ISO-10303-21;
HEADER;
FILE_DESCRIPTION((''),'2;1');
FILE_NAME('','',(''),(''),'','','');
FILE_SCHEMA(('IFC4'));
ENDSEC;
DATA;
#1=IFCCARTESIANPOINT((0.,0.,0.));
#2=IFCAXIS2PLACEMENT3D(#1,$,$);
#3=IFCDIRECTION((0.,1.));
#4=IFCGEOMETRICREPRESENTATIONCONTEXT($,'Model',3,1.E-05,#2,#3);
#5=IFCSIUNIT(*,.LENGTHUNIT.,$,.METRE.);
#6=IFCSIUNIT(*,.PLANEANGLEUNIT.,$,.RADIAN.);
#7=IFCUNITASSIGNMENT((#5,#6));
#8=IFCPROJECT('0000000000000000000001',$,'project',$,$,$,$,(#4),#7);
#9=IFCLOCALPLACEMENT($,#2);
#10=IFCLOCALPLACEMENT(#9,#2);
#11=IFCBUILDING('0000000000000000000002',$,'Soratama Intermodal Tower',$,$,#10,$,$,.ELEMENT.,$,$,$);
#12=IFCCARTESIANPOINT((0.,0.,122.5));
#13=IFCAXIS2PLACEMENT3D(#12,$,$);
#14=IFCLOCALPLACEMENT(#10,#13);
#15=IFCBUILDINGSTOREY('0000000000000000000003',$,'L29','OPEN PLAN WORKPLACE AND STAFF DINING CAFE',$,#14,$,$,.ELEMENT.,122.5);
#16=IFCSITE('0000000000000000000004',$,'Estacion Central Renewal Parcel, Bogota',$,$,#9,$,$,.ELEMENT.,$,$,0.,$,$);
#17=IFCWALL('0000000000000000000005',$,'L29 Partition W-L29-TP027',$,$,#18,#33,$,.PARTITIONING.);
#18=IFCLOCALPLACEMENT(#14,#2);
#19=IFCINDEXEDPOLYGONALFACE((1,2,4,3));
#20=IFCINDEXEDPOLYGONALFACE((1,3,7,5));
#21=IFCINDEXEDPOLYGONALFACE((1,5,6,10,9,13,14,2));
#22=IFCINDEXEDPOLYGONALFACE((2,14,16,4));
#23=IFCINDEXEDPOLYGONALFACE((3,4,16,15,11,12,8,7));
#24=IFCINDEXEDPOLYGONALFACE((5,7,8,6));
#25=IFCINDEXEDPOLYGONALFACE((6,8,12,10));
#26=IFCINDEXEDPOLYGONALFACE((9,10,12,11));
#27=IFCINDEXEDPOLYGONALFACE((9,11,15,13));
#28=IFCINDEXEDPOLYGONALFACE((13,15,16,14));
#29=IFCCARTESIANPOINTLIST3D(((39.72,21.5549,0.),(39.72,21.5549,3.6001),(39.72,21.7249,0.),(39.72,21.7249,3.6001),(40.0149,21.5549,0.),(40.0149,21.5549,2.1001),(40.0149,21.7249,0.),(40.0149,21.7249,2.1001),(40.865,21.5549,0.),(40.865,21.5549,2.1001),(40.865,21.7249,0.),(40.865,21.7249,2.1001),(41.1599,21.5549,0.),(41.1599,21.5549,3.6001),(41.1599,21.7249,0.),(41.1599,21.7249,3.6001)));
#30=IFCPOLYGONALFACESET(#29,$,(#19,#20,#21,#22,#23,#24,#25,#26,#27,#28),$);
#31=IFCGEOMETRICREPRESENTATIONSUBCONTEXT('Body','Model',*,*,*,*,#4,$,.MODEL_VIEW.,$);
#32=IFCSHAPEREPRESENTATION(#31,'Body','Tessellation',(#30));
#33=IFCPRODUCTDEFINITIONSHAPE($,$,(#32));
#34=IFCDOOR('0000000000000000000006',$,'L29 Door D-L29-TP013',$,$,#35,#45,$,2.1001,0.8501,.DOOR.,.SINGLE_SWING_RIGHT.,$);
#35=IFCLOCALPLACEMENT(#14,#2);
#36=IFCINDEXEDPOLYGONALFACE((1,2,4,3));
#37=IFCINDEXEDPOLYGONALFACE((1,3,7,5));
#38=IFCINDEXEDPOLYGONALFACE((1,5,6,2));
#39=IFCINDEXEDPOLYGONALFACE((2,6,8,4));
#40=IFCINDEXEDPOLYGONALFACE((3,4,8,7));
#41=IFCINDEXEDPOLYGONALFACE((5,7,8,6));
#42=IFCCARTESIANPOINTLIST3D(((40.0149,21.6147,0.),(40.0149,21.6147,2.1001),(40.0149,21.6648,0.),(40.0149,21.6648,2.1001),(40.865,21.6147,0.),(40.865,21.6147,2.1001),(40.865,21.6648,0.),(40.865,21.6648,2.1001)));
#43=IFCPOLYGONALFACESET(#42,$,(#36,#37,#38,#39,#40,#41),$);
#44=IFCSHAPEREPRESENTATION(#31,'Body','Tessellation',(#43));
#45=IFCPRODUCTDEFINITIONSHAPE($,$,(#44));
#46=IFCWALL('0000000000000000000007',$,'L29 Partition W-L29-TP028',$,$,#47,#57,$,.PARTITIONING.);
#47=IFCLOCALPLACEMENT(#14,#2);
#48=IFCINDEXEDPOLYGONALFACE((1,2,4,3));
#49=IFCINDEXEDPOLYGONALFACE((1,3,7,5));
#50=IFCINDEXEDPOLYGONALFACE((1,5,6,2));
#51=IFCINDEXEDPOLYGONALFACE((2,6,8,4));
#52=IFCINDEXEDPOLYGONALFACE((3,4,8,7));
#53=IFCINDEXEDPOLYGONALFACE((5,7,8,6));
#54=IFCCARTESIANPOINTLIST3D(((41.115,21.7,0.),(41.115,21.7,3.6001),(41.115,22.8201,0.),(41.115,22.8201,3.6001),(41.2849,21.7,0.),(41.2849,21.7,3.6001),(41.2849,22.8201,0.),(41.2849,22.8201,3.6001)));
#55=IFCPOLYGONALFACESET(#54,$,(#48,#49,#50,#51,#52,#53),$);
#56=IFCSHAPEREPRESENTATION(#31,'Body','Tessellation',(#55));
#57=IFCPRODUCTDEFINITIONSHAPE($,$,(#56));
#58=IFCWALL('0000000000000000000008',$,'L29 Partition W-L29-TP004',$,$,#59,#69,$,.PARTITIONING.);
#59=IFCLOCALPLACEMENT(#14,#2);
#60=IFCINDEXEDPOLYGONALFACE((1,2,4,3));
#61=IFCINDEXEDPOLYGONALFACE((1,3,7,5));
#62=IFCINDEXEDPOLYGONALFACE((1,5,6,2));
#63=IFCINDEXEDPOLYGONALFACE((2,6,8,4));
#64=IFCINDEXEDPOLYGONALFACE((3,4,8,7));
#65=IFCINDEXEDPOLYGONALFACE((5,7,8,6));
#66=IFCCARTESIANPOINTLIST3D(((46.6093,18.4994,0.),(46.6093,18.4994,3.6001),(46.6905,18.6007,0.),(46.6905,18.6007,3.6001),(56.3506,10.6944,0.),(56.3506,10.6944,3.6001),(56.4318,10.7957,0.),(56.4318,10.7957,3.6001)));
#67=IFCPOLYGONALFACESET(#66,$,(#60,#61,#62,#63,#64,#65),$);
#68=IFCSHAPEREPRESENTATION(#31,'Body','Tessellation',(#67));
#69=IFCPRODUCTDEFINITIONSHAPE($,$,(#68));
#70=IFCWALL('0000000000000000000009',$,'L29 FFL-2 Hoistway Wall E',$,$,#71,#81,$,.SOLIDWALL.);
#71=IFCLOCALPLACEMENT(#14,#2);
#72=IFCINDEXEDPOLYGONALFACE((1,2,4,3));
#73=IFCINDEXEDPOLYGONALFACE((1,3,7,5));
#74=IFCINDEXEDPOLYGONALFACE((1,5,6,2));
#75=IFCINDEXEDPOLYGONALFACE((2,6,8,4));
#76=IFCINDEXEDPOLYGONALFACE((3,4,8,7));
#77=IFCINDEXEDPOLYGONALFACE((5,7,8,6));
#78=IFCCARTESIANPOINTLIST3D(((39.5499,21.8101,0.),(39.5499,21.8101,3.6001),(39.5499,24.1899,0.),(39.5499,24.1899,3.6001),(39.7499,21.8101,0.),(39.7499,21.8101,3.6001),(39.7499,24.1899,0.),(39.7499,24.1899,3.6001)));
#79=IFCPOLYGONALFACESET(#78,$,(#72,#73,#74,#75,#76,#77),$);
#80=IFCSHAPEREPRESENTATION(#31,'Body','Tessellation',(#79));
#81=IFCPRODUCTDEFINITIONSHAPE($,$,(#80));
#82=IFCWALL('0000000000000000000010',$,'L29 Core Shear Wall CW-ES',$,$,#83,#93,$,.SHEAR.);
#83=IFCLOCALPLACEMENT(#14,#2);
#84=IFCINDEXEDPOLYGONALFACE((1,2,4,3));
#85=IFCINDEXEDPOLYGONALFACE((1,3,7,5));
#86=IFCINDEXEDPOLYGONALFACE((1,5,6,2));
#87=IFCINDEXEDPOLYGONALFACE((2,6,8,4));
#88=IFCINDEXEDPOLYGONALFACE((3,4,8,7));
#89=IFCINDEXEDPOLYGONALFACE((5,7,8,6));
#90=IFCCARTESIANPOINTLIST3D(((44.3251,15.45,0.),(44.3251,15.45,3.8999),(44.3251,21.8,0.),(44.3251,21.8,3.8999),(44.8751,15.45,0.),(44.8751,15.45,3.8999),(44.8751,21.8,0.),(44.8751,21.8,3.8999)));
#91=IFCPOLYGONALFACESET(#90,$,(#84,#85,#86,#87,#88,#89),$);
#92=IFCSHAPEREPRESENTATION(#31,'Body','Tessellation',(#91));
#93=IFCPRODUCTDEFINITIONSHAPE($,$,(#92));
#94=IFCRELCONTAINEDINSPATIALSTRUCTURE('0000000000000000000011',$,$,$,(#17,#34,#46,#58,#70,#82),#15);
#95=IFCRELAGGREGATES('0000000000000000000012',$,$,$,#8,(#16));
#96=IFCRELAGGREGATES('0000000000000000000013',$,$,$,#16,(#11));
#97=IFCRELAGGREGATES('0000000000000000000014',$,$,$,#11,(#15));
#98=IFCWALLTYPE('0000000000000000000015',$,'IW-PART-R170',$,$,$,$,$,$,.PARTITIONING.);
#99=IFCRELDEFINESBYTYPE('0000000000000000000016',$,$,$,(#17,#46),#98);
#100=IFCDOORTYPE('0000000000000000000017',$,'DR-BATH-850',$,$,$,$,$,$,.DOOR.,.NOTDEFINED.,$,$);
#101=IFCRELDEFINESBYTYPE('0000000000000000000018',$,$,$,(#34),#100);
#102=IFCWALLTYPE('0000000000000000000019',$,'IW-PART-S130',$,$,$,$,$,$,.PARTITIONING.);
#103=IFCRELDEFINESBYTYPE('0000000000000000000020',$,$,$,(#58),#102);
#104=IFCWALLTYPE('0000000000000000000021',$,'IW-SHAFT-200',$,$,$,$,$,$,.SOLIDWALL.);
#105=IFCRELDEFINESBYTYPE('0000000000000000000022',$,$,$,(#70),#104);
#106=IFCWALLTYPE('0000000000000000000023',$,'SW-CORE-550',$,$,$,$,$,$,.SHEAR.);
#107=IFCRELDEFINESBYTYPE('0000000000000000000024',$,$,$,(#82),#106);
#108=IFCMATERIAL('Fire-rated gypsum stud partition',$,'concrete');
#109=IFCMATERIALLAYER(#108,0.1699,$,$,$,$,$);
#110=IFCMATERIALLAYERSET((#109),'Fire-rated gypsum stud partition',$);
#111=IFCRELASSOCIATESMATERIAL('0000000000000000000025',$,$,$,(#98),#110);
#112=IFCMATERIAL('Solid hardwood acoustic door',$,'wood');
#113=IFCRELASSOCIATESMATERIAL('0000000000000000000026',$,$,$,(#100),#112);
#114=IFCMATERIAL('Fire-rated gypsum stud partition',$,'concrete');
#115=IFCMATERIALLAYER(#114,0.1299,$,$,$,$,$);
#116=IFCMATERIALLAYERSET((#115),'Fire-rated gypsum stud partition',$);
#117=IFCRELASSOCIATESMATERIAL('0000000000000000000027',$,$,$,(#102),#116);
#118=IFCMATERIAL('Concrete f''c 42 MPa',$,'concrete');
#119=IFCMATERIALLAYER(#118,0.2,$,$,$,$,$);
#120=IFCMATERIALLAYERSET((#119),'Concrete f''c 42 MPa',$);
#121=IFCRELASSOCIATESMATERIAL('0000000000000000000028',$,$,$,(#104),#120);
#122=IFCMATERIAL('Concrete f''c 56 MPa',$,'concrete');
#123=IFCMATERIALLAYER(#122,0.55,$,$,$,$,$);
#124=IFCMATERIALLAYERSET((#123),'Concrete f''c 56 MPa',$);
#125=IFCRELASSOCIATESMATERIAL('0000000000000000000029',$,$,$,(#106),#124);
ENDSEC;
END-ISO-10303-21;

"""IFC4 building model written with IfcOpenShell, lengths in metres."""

from ifc_helpers import new_model, si_unit, direction, frame, frame_2d, origin, place, context, subcontext, project, spatial, rectangle, extrude, material, layer, layer_set, type_object, element, fill, save


model = new_model("IFC4")

# Units and contexts
model_context = context("Model", 3, precision=1e-05, world=origin(), true_north=direction((0.0, 1.0)))
body_context = subcontext(model_context, "Body", "Model", "MODEL_VIEW")
ifc_project = project(units=[si_unit("LENGTHUNIT", "METRE"), si_unit("PLANEANGLEUNIT", "RADIAN")], contexts=[model_context])

# Site, building, storey
site_placement = place(None, origin())
site = spatial("IfcSite", under=ifc_project, at=site_placement, Name="Estacion Central Renewal Parcel, Bogota", CompositionType="ELEMENT", RefElevation=0.0)
building_placement = place(site_placement, origin())
building = spatial("IfcBuilding", under=site, at=building_placement, Name="Soratama Intermodal Tower", CompositionType="ELEMENT")
storey_placement = place(building_placement, frame((0.0, 0.0, 122.5)))
storey = spatial("IfcBuildingStorey", under=building, at=storey_placement, Name="L29", Description="OPEN PLAN WORKPLACE AND STAFF DINING CAFE", CompositionType="ELEMENT", Elevation=122.5)

# Wall, opening, door
ifc_material_1 = material(Name="Fire-rated gypsum stud partition", Category="concrete")
ifc_layer_1 = layer(ifc_material_1, 0.1699)
ifc_layer_set_1 = layer_set([ifc_layer_1], Name="Fire-rated gypsum stud partition")
wall_type_1 = type_object("IfcWallType", Name="IW-PART-R170", PredefinedType="PARTITIONING", material=ifc_layer_set_1)
wall_1_placement = place(storey_placement, frame((39.72, 21.6399, 0.0), z_axis=(0.0, 0.0, 1.0), x_axis=(1.0, 0.0, 0.0)))
wall_1 = element("IfcWall", 1, at=wall_1_placement, inside=storey, type_object=wall_type_1, Name="L29 Partition W-L29-TP027", PredefinedType="PARTITIONING", context=body_context, shape_type="SweptSolid", body=[
    extrude(rectangle(XDim=1.4399, YDim=0.1699, at=frame_2d((0.72, 0.0))), origin(), (0.0, 0.0, 1.0), 3.6001),
])
opening_1_placement = place(wall_1_placement, frame((0.2949, 0.0, 0.0)))
opening_1 = element("IfcOpeningElement", 2, at=opening_1_placement, cuts=wall_1, PredefinedType="OPENING", context=body_context, shape_type="SweptSolid", body=[
    extrude(rectangle(XDim=0.8501, YDim=2.1001, at=frame_2d((0.425, 1.05))), frame((0.0, 0.095, 0.0), z_axis=(0.0, -1.0, 0.0), x_axis=(1.0, 0.0, 0.0)), (0.0, 0.0, 1.0), 0.1899),
])
ifc_material_2 = material(Name="Solid hardwood acoustic door", Category="wood")
door_type_1 = type_object("IfcDoorType", Name="DR-BATH-850", OperationType="NOTDEFINED", PredefinedType="DOOR", material=ifc_material_2)
door_1_placement = place(opening_1_placement, origin())
door_1 = element("IfcDoor", 3, at=door_1_placement, inside=storey, type_object=door_type_1, Name="L29 Door D-L29-TP013", OperationType="SINGLE_SWING_RIGHT", OverallHeight=2.1001, OverallWidth=0.8501, PredefinedType="DOOR", context=body_context, shape_type="SweptSolid", body=[
    extrude(rectangle(XDim=0.8501, YDim=2.1001, at=frame_2d((0.425, 1.05))), frame((0.0, 0.0249, 0.0), z_axis=(0.0, -1.0, 0.0), x_axis=(1.0, 0.0, 0.0)), (0.0, 0.0, 1.0), 0.05),
])
fill(opening_1, door_1)

# Walls
wall_2_placement = place(storey_placement, frame((41.2, 21.7, 0.0), z_axis=(0.0, 0.0, 1.0), x_axis=(0.0, 1.0, 0.0)))
element("IfcWall", 4, at=wall_2_placement, inside=storey, type_object=wall_type_1, Name="L29 Partition W-L29-TP028", PredefinedType="PARTITIONING", context=body_context, shape_type="SweptSolid", body=[
    extrude(rectangle(XDim=1.1201, YDim=0.1699, at=frame_2d((0.5601, 0.0))), origin(), (0.0, 0.0, 1.0), 3.6001),
])
ifc_material_3 = material(Name="Fire-rated gypsum stud partition", Category="concrete")
ifc_layer_2 = layer(ifc_material_3, 0.1299)
ifc_layer_set_2 = layer_set([ifc_layer_2], Name="Fire-rated gypsum stud partition")
wall_type_2 = type_object("IfcWallType", Name="IW-PART-S130", PredefinedType="PARTITIONING", material=ifc_layer_set_2)
wall_3_placement = place(storey_placement, frame((46.6499, 18.55, 0.0), z_axis=(0.0, 0.0, 1.0), x_axis=(0.780401, -0.625279, 0.0)))
element("IfcWall", 5, at=wall_3_placement, inside=storey, type_object=wall_type_2, Name="L29 Partition W-L29-TP004", PredefinedType="PARTITIONING", context=body_context, shape_type="SweptSolid", body=[
    extrude(rectangle(XDim=12.4824, YDim=0.1299, at=frame_2d((6.2412, 0.0))), origin(), (0.0, 0.0, 1.0), 3.6001),
])
ifc_material_4 = material(Name="Concrete f'c 42 MPa", Category="concrete")
ifc_layer_3 = layer(ifc_material_4, 0.2)
ifc_layer_set_3 = layer_set([ifc_layer_3], Name="Concrete f'c 42 MPa")
wall_type_3 = type_object("IfcWallType", Name="IW-SHAFT-200", PredefinedType="SOLIDWALL", material=ifc_layer_set_3)
wall_4_placement = place(storey_placement, frame((39.6499, 21.8101, 0.0), z_axis=(0.0, 0.0, 1.0), x_axis=(0.0, 1.0, 0.0)))
element("IfcWall", 6, at=wall_4_placement, inside=storey, type_object=wall_type_3, Name="L29 FFL-2 Hoistway Wall E", PredefinedType="SOLIDWALL", context=body_context, shape_type="SweptSolid", body=[
    extrude(rectangle(XDim=2.3799, YDim=0.2, at=frame_2d((1.1899, 0.0))), origin(), (0.0, 0.0, 1.0), 3.6001),
])
ifc_material_5 = material(Name="Concrete f'c 56 MPa", Category="concrete")
ifc_layer_4 = layer(ifc_material_5, 0.55)
ifc_layer_set_4 = layer_set([ifc_layer_4], Name="Concrete f'c 56 MPa")
wall_type_4 = type_object("IfcWallType", Name="SW-CORE-550", PredefinedType="SHEAR", material=ifc_layer_set_4)
wall_5_placement = place(storey_placement, frame((44.6001, 15.45, 0.0), z_axis=(0.0, 0.0, 1.0), x_axis=(0.0, 1.0, 0.0)))
element("IfcWall", 7, at=wall_5_placement, inside=storey, type_object=wall_type_4, Name="L29 Core Shear Wall CW-ES", PredefinedType="SHEAR", context=body_context, shape_type="SweptSolid", body=[
    extrude(rectangle(XDim=6.3501, YDim=0.55, at=frame_2d((3.175, 0.0))), origin(), (0.0, 0.0, 1.0), 3.8999),
])

save(model, "model.ifc")
